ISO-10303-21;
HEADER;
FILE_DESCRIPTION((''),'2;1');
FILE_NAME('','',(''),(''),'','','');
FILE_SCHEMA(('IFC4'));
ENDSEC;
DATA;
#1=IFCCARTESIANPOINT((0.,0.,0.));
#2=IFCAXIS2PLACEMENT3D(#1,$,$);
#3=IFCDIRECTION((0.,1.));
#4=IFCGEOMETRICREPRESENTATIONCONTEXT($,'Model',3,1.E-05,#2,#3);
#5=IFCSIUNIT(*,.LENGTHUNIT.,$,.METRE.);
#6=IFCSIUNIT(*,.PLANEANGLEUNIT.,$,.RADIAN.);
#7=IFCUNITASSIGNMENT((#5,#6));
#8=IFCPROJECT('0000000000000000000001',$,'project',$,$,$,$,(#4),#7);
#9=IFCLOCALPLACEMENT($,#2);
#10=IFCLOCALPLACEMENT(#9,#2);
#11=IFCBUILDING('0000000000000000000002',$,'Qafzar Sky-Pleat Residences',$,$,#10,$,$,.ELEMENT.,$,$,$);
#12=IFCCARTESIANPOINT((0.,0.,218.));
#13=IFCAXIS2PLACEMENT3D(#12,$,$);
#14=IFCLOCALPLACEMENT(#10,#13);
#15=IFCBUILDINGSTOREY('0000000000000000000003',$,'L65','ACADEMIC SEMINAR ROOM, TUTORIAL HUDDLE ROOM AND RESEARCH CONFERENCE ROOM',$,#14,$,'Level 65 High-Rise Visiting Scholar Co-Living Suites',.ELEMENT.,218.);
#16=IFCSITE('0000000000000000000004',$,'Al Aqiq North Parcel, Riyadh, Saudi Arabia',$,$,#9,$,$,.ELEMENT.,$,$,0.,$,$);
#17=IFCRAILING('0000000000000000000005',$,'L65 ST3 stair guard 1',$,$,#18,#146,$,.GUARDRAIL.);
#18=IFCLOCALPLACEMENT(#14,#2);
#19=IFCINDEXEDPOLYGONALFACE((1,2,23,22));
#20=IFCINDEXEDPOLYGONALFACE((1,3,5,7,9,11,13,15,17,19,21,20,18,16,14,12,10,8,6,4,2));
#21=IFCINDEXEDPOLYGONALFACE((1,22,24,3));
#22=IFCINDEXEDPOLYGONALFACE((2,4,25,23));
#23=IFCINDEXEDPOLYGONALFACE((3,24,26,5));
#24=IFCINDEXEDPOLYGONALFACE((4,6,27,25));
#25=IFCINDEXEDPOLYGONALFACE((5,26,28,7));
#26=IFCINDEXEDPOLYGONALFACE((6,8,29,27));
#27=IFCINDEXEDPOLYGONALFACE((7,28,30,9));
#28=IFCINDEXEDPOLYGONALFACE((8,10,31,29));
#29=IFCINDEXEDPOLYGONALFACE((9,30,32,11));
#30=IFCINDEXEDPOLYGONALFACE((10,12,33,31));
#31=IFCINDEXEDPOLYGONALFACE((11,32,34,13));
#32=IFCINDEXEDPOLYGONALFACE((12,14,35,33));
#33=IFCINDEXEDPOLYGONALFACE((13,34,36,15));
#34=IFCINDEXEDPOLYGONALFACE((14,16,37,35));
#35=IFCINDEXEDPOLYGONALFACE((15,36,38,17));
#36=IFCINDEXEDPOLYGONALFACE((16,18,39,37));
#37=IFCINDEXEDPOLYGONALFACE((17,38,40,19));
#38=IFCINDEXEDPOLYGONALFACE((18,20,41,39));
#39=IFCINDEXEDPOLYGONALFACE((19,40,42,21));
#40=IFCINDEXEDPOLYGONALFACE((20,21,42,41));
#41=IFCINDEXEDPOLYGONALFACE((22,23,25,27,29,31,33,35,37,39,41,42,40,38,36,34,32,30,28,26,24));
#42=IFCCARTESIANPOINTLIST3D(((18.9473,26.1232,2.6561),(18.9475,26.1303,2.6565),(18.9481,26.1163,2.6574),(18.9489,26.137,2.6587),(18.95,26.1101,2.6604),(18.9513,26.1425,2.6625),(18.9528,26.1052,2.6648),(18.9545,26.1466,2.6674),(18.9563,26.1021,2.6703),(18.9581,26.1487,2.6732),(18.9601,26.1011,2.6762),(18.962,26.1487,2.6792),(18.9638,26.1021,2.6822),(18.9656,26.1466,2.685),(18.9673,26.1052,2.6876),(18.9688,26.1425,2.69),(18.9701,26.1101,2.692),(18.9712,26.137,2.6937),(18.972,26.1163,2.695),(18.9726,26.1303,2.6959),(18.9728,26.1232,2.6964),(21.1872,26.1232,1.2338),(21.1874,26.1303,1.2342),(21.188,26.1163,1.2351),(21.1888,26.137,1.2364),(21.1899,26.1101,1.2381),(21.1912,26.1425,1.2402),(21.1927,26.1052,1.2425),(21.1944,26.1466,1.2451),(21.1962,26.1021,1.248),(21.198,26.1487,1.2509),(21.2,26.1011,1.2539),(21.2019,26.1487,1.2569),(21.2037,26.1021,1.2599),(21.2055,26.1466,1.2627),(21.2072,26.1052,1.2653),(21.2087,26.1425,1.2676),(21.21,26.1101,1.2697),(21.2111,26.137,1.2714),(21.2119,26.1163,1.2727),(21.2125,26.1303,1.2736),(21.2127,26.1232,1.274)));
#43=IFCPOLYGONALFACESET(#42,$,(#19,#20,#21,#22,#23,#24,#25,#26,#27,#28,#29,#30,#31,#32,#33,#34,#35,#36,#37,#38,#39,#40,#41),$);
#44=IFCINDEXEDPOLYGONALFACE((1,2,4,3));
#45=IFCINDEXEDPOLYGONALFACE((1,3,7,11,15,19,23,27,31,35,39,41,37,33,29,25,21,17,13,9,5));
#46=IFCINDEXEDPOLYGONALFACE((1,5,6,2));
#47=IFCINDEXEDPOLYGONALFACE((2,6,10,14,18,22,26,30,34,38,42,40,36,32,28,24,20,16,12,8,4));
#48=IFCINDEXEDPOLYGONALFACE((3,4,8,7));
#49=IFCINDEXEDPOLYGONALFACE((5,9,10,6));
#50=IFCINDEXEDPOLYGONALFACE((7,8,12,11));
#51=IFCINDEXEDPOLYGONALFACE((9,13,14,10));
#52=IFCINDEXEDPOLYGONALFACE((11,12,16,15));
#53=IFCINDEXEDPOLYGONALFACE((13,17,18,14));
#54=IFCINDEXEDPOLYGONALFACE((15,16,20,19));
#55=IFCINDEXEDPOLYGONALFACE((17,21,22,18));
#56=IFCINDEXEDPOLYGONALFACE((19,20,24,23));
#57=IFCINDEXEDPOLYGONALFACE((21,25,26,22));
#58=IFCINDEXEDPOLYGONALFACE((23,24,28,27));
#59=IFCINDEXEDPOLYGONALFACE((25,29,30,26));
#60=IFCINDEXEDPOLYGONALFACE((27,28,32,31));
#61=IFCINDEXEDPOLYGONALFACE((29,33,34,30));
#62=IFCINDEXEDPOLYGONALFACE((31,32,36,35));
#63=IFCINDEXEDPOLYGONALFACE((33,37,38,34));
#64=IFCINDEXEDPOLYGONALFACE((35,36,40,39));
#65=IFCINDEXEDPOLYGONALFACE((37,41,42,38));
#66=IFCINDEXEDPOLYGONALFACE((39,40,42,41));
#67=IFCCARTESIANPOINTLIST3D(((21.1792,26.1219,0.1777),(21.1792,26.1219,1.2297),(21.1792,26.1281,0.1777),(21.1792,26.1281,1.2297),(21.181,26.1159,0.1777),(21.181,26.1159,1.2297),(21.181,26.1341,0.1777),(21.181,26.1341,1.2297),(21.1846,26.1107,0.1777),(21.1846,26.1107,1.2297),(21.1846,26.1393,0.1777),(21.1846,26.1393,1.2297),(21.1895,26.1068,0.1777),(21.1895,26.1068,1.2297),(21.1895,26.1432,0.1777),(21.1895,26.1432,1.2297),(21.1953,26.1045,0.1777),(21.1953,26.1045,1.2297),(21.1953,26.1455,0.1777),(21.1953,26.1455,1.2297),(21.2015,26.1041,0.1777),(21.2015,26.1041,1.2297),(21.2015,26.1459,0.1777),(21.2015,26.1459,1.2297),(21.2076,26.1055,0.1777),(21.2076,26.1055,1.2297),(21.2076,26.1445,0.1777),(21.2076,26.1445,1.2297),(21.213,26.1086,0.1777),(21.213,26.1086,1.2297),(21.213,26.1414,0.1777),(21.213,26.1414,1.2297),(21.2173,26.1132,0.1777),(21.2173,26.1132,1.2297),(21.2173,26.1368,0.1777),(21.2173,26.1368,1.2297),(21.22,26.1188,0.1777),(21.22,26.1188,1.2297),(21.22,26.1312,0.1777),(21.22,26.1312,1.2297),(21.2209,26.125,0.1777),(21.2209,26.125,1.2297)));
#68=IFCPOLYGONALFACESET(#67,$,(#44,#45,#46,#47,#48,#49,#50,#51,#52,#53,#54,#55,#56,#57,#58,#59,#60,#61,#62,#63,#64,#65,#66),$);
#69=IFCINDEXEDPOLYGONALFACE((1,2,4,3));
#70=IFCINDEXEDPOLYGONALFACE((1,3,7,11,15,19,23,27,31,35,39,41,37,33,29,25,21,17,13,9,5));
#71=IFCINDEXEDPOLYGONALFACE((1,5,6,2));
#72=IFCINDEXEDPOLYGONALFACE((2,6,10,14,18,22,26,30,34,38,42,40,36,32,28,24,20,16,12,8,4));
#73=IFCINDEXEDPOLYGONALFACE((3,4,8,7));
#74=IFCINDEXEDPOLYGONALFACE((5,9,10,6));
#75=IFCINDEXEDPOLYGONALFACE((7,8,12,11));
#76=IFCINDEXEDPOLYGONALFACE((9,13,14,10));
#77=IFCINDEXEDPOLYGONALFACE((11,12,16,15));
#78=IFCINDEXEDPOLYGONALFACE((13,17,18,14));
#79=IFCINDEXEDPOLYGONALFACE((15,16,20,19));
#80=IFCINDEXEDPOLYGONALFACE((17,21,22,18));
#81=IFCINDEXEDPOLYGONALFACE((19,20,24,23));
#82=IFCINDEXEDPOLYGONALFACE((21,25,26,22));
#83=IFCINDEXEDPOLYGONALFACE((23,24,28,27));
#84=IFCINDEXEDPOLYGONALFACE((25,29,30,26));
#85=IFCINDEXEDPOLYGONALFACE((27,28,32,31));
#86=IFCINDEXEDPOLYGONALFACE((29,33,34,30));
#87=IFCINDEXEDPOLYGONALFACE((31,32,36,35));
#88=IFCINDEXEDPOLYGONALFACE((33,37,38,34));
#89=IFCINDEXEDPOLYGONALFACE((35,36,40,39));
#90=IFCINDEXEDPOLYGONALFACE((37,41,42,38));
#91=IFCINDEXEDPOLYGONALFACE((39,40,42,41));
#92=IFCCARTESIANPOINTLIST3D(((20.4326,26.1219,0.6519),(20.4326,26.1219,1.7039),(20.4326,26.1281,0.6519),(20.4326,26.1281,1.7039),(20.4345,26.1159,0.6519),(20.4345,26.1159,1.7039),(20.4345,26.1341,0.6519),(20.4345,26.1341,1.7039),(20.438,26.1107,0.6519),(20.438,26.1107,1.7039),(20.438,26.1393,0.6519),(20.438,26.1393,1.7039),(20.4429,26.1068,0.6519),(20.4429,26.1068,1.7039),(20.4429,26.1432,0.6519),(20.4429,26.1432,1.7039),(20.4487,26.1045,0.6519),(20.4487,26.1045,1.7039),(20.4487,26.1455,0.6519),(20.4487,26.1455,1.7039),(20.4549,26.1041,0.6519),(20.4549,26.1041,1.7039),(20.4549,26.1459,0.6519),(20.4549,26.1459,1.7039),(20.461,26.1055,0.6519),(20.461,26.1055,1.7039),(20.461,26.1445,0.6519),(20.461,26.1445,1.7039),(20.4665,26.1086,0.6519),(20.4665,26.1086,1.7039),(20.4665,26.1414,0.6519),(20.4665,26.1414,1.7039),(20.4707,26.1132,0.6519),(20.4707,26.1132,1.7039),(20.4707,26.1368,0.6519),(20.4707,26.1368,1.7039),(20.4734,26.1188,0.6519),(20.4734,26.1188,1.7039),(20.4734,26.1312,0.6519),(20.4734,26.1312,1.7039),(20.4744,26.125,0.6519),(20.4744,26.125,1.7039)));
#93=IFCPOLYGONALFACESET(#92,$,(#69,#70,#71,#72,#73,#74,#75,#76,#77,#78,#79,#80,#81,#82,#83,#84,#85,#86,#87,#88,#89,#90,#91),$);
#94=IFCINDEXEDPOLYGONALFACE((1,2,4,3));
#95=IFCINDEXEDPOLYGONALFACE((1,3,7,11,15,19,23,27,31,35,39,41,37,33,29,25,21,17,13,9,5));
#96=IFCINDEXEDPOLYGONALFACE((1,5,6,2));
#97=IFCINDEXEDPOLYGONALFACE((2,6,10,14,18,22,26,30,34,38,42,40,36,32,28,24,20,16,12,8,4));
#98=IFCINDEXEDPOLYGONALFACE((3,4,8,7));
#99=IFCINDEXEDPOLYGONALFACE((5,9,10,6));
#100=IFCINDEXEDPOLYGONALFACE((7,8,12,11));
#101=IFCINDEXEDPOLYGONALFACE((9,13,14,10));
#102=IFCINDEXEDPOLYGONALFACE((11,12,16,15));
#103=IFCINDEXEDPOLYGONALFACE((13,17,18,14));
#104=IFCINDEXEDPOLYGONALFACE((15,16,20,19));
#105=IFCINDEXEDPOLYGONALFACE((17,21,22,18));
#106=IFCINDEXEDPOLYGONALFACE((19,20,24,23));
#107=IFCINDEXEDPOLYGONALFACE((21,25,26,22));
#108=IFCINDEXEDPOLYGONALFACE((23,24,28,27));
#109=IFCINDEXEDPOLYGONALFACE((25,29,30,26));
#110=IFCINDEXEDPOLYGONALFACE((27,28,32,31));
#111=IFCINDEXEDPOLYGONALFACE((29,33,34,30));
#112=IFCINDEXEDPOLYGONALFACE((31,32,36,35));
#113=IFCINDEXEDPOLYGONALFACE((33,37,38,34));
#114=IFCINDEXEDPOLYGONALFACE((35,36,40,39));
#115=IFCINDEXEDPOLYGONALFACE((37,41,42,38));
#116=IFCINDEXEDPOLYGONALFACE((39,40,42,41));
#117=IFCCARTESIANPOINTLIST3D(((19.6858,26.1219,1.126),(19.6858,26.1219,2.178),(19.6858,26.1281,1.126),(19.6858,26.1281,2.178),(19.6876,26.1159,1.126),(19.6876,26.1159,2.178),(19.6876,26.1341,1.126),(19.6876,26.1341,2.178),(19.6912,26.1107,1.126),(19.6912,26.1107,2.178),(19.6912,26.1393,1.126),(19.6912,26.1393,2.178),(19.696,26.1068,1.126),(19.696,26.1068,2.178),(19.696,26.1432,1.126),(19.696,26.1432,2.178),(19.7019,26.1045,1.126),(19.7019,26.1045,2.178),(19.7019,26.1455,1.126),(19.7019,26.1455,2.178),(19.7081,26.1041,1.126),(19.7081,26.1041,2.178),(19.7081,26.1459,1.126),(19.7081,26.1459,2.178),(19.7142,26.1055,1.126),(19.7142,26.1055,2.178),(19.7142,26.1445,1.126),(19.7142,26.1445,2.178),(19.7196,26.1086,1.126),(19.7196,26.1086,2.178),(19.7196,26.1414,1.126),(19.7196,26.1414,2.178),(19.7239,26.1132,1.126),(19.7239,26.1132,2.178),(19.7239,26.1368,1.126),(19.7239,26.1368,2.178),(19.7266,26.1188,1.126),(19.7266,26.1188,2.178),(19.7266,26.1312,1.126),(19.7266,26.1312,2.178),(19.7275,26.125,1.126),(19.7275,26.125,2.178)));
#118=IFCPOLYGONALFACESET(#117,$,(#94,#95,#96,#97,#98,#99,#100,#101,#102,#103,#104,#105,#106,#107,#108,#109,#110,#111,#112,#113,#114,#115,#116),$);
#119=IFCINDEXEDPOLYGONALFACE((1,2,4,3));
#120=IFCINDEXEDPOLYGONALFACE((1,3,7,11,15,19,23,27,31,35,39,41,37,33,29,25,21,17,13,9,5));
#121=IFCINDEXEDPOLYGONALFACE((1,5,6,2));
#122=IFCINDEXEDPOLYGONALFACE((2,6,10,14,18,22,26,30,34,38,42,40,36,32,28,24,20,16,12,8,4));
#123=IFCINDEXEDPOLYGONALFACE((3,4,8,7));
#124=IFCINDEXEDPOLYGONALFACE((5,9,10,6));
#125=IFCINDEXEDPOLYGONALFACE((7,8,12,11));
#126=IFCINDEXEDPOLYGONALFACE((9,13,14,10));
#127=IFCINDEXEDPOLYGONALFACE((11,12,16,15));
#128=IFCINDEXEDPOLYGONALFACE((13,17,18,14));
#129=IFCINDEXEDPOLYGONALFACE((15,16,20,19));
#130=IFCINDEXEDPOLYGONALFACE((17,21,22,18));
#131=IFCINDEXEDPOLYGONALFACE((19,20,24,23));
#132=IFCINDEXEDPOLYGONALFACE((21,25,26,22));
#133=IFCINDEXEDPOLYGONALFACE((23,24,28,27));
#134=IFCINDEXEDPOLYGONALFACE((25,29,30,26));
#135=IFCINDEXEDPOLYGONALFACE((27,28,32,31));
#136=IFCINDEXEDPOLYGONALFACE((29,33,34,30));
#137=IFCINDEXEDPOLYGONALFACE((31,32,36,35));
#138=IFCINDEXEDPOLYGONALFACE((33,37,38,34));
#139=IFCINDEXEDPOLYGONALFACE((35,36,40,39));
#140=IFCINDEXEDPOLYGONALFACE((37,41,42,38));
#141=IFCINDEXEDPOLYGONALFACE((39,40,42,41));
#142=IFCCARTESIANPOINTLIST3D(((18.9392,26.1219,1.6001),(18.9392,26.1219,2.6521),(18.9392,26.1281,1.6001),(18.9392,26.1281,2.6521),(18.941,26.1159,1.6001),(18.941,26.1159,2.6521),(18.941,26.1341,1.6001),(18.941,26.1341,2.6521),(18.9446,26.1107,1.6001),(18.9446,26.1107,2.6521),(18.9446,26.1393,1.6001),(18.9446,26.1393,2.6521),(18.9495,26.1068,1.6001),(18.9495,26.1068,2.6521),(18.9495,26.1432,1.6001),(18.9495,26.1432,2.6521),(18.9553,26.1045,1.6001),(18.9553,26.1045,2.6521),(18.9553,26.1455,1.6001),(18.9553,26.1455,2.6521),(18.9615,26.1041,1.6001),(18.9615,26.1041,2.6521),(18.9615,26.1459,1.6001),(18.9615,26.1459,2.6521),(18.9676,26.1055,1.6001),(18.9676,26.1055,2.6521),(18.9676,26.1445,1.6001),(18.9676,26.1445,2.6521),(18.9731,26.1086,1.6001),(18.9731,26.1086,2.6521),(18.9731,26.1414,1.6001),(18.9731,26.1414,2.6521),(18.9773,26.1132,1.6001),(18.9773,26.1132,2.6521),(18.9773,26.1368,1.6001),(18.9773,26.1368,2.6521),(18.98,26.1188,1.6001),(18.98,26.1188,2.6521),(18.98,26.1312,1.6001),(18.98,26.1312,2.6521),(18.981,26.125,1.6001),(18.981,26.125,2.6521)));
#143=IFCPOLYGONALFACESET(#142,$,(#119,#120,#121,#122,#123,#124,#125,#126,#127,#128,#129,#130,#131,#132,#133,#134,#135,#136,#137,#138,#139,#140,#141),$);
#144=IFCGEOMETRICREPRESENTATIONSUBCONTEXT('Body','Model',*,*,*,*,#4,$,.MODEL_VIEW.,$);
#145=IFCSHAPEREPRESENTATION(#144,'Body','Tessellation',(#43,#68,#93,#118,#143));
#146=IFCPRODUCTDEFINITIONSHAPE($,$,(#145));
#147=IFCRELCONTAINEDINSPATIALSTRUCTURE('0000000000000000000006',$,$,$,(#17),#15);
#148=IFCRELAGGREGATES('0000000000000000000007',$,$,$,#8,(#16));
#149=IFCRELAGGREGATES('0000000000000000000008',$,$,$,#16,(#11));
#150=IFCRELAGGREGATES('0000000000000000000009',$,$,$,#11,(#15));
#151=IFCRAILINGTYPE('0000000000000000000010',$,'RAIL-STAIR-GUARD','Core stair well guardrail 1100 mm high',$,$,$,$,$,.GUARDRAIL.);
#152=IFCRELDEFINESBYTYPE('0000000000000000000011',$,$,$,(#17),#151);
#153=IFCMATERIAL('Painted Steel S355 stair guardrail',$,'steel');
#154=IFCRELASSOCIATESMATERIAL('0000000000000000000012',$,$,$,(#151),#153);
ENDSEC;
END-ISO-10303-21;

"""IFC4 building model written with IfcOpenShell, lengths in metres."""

from ifc_helpers import new_model, si_unit, direction, frame, origin, origin_2d, place, context, subcontext, project, spatial, circle, extrude, source, transform, mapped, material, type_object, element, save


model = new_model("IFC4")

# Units and contexts
model_context = context("Model", 3, precision=1e-05, world=origin(), true_north=direction((0.0, 1.0)))
body_context = subcontext(model_context, "Body", "Model", "MODEL_VIEW")
ifc_project = project(units=[si_unit("LENGTHUNIT", "METRE"), si_unit("PLANEANGLEUNIT", "RADIAN")], contexts=[model_context])

# Site, building, storey
site_placement = place(None, origin())
site = spatial("IfcSite", under=ifc_project, at=site_placement, Name="Al Aqiq North Parcel, Riyadh, Saudi Arabia", CompositionType="ELEMENT", RefElevation=0.0)
building_placement = place(site_placement, origin())
building = spatial("IfcBuilding", under=site, at=building_placement, Name="Qafzar Sky-Pleat Residences", CompositionType="ELEMENT")
storey_placement = place(building_placement, frame((0.0, 0.0, 218.0)))
storey = spatial("IfcBuildingStorey", under=building, at=storey_placement, Name="L65", Description="ACADEMIC SEMINAR ROOM, TUTORIAL HUDDLE ROOM AND RESEARCH CONFERENCE ROOM", LongName="Level 65 High-Rise Visiting Scholar Co-Living Suites", CompositionType="ELEMENT", Elevation=218.0)

# Railing
ifc_material_1 = material(Name="Painted Steel S355 stair guardrail", Category="steel")
railing_type_1 = type_object("IfcRailingType", Name="RAIL-STAIR-GUARD", Description="Core stair well guardrail 1100 mm high", PredefinedType="GUARDRAIL", material=ifc_material_1)
shared_shape_1 = source(origin(), body_context, "Body", "SweptSolid", [
    extrude(circle(Radius=0.0239, at=origin_2d()), frame((0.0, 0.0, 1.0762), z_axis=(-0.844188, 0.0, 0.536048), x_axis=(0.0, -1.0, 0.0)), (0.0, 0.0, 1.0), 2.6533),
    extrude(circle(Radius=0.021, at=origin_2d()), origin(), (0.0, 0.0, 1.0), 1.052),
    extrude(circle(Radius=0.021, at=origin_2d()), frame((-0.7466, 0.0, 0.4741)), (0.0, 0.0, 1.0), 1.052),
    extrude(circle(Radius=0.021, at=origin_2d()), frame((-1.4934, 0.0, 0.9482)), (0.0, 0.0, 1.0), 1.052),
    extrude(circle(Radius=0.021, at=origin_2d()), frame((-2.24, 0.0, 1.4224)), (0.0, 0.0, 1.0), 1.052),
])
railing_1_placement = place(storey_placement, frame((21.2, 26.125, 0.1777)))
element("IfcRailing", 1, at=railing_1_placement, inside=storey, type_object=railing_type_1, Name="L65 ST3 stair guard 1", PredefinedType="GUARDRAIL", context=body_context, shape_type="MappedRepresentation", body=[
    mapped(shared_shape_1, transform((0.0, 0.0, 0.0), x_axis=(1.0, 0.0, 0.0), y_axis=(0.0, 1.0, 0.0), z_axis=(0.0, 0.0, 1.0), scale=1.0)),
])

save(model, "model.ifc")
